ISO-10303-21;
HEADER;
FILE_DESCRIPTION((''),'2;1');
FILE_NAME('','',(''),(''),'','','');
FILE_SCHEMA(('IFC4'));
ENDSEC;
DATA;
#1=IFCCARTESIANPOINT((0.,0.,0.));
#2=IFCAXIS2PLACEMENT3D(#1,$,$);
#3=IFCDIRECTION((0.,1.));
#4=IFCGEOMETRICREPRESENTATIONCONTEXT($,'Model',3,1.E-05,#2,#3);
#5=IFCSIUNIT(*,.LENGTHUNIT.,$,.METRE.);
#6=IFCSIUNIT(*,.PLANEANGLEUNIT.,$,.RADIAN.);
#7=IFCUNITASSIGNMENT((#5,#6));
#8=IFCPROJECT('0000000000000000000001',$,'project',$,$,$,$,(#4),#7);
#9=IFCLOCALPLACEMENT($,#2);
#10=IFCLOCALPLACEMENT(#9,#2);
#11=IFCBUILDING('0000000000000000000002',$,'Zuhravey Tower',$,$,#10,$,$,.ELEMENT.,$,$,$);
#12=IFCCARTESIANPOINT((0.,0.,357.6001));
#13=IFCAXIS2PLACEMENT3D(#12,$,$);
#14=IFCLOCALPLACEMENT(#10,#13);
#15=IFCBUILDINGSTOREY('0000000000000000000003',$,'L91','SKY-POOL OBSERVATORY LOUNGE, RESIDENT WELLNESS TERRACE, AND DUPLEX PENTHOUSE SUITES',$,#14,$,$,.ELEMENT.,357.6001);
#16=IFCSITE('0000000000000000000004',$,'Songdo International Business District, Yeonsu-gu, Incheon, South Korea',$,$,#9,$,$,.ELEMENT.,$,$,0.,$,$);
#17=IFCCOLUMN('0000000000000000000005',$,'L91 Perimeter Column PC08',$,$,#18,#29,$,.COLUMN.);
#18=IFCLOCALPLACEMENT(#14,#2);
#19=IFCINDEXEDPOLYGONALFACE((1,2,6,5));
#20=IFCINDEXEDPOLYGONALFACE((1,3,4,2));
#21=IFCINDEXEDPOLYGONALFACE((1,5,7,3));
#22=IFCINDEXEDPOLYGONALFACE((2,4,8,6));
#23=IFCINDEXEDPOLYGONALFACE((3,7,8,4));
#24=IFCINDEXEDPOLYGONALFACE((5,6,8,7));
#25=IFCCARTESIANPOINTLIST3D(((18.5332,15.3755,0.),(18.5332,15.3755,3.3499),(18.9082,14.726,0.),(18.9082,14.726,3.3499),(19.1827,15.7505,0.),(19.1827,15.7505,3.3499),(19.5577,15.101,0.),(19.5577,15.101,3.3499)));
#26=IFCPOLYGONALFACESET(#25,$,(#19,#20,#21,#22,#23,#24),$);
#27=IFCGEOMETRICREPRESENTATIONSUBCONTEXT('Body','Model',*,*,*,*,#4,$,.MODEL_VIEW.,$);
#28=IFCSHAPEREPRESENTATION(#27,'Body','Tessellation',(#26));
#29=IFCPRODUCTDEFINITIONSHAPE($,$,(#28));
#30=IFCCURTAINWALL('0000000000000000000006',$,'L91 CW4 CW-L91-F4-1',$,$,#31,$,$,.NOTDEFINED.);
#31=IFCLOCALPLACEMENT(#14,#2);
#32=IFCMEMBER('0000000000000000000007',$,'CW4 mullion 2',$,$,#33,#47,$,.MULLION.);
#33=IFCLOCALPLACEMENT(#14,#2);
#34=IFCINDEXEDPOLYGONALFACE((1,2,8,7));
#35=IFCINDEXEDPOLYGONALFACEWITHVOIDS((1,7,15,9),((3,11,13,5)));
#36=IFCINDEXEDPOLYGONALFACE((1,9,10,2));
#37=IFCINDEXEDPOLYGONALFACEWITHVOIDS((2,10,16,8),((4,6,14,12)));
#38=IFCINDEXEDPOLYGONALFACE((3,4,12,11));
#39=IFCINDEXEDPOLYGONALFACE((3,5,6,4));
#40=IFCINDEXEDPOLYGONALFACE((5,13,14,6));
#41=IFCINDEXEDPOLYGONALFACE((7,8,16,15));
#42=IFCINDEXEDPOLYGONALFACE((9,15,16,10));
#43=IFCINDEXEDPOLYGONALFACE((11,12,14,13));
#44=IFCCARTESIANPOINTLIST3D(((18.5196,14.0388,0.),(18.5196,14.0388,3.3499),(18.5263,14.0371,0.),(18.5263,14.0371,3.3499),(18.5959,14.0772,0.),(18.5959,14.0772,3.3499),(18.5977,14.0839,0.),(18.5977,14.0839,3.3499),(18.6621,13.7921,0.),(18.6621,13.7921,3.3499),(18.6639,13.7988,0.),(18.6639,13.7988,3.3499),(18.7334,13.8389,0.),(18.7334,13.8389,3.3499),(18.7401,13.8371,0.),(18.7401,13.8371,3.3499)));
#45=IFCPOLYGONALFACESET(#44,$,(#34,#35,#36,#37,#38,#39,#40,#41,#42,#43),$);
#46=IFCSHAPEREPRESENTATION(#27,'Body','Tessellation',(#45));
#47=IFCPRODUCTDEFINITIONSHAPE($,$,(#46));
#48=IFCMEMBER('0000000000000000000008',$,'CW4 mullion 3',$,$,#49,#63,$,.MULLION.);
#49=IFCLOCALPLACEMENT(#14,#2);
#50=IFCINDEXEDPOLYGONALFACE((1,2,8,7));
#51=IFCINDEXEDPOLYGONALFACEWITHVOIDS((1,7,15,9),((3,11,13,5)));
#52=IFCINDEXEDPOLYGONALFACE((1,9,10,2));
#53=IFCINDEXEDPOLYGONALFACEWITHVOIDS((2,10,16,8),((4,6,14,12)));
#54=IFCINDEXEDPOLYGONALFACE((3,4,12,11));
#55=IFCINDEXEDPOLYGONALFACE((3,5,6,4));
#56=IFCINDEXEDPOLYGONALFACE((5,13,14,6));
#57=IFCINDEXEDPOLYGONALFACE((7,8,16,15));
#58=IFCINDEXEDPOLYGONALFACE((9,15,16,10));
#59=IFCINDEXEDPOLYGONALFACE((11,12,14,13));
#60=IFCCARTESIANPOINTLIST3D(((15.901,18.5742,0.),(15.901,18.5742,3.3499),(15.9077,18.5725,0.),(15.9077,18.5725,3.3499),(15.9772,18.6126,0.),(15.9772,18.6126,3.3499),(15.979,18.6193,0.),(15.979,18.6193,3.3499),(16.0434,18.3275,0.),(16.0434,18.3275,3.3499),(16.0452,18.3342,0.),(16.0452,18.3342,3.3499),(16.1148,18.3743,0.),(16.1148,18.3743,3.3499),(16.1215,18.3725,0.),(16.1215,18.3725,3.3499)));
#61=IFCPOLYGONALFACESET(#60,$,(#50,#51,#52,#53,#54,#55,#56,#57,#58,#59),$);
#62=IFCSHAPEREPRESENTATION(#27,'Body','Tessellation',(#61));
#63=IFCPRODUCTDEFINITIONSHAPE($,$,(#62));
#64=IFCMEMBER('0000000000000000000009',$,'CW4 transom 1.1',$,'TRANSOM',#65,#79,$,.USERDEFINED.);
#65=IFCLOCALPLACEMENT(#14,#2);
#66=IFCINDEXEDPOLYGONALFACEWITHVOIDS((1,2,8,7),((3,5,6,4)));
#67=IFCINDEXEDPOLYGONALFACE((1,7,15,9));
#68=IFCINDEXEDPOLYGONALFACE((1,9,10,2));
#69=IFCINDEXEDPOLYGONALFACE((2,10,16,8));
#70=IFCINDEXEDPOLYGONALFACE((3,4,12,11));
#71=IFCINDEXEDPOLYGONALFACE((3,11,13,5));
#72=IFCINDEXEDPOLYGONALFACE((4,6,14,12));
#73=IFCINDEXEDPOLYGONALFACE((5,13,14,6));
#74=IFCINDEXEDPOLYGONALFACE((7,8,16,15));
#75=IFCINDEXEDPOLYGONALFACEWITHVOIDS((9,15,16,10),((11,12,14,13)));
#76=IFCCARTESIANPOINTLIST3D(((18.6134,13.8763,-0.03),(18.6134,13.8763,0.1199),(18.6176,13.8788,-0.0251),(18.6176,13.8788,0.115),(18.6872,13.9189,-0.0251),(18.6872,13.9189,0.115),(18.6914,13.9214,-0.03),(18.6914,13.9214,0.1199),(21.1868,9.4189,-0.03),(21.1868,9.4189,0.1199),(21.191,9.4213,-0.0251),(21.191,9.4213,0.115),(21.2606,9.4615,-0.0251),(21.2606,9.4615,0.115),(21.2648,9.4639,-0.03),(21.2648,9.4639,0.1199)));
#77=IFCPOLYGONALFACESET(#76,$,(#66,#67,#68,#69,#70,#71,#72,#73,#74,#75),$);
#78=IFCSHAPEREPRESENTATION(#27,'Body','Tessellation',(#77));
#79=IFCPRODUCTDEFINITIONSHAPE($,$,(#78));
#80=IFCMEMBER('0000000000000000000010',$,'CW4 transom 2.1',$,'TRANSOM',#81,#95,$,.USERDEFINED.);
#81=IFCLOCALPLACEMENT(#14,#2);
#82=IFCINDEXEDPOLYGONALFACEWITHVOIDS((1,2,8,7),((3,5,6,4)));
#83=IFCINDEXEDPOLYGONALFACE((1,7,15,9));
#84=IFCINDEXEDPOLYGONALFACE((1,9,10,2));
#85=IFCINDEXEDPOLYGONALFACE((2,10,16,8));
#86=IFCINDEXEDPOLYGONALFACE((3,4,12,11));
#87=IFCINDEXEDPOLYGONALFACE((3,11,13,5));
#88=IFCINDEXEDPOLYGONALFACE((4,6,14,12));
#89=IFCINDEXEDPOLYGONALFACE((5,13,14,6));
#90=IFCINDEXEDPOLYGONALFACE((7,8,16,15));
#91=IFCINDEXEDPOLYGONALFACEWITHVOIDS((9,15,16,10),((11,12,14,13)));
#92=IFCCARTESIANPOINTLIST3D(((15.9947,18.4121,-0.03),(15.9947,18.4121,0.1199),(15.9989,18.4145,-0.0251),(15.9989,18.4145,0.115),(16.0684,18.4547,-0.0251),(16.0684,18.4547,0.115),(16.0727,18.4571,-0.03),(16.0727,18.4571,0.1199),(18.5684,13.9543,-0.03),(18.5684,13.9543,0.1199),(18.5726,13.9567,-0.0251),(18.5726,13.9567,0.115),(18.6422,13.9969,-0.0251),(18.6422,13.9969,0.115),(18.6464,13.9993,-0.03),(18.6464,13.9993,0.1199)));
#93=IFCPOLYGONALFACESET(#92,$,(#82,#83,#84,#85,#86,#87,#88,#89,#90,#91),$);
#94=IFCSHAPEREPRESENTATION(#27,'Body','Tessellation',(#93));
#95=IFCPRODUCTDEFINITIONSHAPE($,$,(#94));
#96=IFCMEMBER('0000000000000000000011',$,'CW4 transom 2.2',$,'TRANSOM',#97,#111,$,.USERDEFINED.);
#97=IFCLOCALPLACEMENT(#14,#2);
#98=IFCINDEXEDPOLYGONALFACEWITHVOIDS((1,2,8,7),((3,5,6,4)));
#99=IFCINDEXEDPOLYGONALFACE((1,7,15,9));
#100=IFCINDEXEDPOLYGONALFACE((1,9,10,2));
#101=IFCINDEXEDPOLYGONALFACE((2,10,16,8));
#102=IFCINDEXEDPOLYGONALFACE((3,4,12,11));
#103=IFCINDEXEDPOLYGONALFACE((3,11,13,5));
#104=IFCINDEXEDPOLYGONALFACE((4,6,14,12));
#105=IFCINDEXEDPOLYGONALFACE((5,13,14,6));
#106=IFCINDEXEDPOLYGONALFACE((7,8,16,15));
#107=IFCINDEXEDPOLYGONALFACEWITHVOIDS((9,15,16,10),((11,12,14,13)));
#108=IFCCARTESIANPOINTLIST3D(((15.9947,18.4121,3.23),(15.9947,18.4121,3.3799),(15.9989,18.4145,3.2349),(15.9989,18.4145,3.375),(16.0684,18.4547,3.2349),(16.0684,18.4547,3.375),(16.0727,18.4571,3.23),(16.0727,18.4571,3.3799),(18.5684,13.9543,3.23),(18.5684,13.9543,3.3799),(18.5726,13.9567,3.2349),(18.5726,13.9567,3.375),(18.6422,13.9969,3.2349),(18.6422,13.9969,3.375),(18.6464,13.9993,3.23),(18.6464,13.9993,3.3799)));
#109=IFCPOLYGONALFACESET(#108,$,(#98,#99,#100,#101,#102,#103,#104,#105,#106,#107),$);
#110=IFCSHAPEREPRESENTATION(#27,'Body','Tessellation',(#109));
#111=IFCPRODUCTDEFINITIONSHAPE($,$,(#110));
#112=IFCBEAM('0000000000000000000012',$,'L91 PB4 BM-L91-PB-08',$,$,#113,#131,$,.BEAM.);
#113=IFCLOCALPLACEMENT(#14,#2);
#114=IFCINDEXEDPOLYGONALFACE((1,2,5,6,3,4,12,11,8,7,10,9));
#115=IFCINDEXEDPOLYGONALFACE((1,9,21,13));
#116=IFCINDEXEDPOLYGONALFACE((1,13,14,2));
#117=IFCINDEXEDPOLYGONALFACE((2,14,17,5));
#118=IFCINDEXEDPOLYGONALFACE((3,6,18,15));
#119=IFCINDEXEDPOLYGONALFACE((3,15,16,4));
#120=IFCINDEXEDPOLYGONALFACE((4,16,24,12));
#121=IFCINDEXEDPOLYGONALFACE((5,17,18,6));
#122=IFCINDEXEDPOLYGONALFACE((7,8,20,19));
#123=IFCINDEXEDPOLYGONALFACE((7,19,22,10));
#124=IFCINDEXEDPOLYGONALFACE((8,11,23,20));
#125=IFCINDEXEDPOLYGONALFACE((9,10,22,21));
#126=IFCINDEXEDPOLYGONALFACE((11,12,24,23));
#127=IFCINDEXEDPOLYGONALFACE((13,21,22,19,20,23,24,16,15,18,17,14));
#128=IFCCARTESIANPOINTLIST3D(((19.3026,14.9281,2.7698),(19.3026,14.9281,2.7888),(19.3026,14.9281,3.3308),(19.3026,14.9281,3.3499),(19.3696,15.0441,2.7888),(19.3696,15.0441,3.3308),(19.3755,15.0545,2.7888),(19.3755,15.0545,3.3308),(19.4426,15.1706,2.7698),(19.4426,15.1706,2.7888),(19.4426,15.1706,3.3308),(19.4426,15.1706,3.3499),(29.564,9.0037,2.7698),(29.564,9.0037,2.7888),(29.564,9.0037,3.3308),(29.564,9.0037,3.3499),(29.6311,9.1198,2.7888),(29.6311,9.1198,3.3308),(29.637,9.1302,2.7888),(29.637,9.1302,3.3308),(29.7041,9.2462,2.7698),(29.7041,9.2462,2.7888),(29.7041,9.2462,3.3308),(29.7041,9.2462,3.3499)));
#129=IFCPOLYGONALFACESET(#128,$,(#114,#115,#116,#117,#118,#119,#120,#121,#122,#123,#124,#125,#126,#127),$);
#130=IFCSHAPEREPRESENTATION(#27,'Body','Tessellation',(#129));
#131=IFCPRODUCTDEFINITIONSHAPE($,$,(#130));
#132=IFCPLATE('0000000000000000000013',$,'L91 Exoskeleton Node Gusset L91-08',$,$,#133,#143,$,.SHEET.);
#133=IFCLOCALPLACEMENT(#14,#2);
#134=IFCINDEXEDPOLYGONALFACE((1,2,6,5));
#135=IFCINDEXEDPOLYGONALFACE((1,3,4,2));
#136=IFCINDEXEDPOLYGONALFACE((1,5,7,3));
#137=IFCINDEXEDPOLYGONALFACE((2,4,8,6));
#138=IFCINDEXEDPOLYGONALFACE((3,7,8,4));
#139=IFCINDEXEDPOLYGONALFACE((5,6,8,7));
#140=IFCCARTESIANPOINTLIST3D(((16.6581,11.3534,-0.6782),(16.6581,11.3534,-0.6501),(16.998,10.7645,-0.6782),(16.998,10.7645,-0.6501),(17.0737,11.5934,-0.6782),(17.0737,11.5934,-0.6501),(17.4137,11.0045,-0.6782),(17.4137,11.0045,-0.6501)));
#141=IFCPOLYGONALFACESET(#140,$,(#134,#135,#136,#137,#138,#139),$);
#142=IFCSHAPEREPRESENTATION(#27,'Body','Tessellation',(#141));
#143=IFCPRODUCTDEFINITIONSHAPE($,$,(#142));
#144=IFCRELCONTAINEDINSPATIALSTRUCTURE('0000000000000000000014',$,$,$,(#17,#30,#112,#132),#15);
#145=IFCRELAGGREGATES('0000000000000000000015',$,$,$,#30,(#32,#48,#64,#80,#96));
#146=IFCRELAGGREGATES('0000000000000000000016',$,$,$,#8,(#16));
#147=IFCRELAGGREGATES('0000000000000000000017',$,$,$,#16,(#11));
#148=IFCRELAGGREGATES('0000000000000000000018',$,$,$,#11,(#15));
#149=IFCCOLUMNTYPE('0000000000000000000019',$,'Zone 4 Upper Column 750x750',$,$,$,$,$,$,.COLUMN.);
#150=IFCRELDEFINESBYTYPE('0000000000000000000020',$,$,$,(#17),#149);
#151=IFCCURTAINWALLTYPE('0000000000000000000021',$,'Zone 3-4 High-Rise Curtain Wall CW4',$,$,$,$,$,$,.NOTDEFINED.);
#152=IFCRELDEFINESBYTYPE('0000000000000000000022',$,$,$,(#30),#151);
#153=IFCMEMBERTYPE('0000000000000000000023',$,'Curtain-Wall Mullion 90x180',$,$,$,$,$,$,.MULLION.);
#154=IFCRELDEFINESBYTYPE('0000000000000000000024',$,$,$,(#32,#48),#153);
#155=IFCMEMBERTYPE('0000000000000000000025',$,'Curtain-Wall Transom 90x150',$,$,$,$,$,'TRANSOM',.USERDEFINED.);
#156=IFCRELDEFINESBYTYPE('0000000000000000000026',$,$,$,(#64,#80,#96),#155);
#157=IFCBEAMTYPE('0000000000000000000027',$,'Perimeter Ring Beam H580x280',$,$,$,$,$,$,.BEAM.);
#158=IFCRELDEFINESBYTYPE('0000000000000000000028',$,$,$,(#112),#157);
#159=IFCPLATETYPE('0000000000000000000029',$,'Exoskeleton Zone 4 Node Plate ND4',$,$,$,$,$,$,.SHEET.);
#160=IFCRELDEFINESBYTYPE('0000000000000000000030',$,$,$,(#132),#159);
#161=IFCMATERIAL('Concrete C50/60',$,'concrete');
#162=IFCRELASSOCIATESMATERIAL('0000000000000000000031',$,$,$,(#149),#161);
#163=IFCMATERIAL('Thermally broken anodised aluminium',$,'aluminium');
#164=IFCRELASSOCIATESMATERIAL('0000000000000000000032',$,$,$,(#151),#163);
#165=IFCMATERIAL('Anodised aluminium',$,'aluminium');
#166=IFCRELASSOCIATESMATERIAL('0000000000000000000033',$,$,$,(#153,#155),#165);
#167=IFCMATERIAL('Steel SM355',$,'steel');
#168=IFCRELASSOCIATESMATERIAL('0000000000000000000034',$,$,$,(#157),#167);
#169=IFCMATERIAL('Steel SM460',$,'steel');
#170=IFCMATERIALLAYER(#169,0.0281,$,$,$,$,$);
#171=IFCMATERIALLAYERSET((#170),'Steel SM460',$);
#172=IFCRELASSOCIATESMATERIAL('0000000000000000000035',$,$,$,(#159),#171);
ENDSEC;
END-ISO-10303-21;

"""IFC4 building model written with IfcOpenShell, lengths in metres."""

from ifc_helpers import new_model, si_unit, direction, frame, origin, origin_2d, place, context, subcontext, project, spatial, rectangle, hollow_rectangle, i_section, extrude, material, layer, layer_set, material_profile, profile_set, type_object, element, aggregate, save


model = new_model("IFC4")

# Units and contexts
model_context = context("Model", 3, precision=1e-05, world=origin(), true_north=direction((0.0, 1.0)))
body_context = subcontext(model_context, "Body", "Model", "MODEL_VIEW")
ifc_project = project(units=[si_unit("LENGTHUNIT", "METRE"), si_unit("PLANEANGLEUNIT", "RADIAN")], contexts=[model_context])

# Site, building, storey
site_placement = place(None, origin())
site = spatial("IfcSite", under=ifc_project, at=site_placement, Name="Songdo International Business District, Yeonsu-gu, Incheon, South Korea", CompositionType="ELEMENT", RefElevation=0.0)
building_placement = place(site_placement, origin())
building = spatial("IfcBuilding", under=site, at=building_placement, Name="Zuhravey Tower", CompositionType="ELEMENT")
storey_placement = place(building_placement, frame((0.0, 0.0, 357.6001)))
storey = spatial("IfcBuildingStorey", under=building, at=storey_placement, Name="L91", Description="SKY-POOL OBSERVATORY LOUNGE, RESIDENT WELLNESS TERRACE, AND DUPLEX PENTHOUSE SUITES", CompositionType="ELEMENT", Elevation=357.6001)

# Column
ifc_material_1 = material(Name="Concrete C50/60", Category="concrete")
ifc_material_profile_1 = material_profile(ifc_material_1, rectangle(XDim=0.75, YDim=0.75, at=origin_2d()), Name="RC-750x750")
ifc_profile_set_1 = profile_set([ifc_material_profile_1], Name="Concrete C50/60")
column_type = type_object("IfcColumnType", Name="Zone 4 Upper Column 750x750", PredefinedType="COLUMN", material=ifc_profile_set_1)
column_placement = place(storey_placement, frame((19.0454, 15.2383, 0.0), z_axis=(0.0, 0.0, 1.0), x_axis=(0.5, -0.866025, 0.0)))
element("IfcColumn", 1, at=column_placement, inside=storey, type_object=column_type, Name="L91 Perimeter Column PC08", PredefinedType="COLUMN", context=body_context, shape_type="SweptSolid", body=[
    extrude(rectangle(XDim=0.75, YDim=0.75, at=origin_2d()), origin(), (0.0, 0.0, 1.0), 3.3499),
])

# Curtain wall, members
ifc_material_2 = material(Name="Thermally broken anodised aluminium", Category="aluminium")
curtain_wall_type = type_object("IfcCurtainWallType", Name="Zone 3-4 High-Rise Curtain Wall CW4", PredefinedType="NOTDEFINED", material=ifc_material_2)
curtain_wall_placement = place(storey_placement, origin())
curtain_wall = element("IfcCurtainWall", 2, at=curtain_wall_placement, inside=storey, type_object=curtain_wall_type, Name="L91 CW4 CW-L91-F4-1", PredefinedType="NOTDEFINED")
ifc_material_3 = material(Name="Anodised aluminium", Category="aluminium")
ifc_material_profile_2 = material_profile(ifc_material_3, hollow_rectangle(XDim=0.0901, YDim=0.2849, WallThickness=0.0049, at=origin_2d()), Name="ALU-RHS-90x285x5")
ifc_profile_set_2 = profile_set([ifc_material_profile_2], Name="Anodised aluminium")
member_type_1 = type_object("IfcMemberType", Name="Curtain-Wall Mullion 90x180", PredefinedType="MULLION", material=ifc_profile_set_2)
member_1_placement = place(storey_placement, frame((18.6299, 13.938, 0.0), z_axis=(0.0, 0.0, 1.0), x_axis=(-0.866029, -0.499994, 0.0)))
member_1 = element("IfcMember", 3, at=member_1_placement, type_object=member_type_1, Name="CW4 mullion 2", PredefinedType="MULLION", context=body_context, shape_type="SweptSolid", body=[
    extrude(hollow_rectangle(XDim=0.0901, YDim=0.2849, WallThickness=0.0049, at=origin_2d()), origin(), (0.0, 0.0, 1.0), 3.3499),
])
member_2_placement = place(storey_placement, frame((16.0112, 18.4734, 0.0), z_axis=(0.0, 0.0, 1.0), x_axis=(-0.866029, -0.499994, 0.0)))
member_2 = element("IfcMember", 4, at=member_2_placement, type_object=member_type_1, Name="CW4 mullion 3", PredefinedType="MULLION", context=body_context, shape_type="SweptSolid", body=[
    extrude(hollow_rectangle(XDim=0.0901, YDim=0.2849, WallThickness=0.0049, at=origin_2d()), origin(), (0.0, 0.0, 1.0), 3.3499),
])
ifc_material_profile_3 = material_profile(ifc_material_3, hollow_rectangle(XDim=0.0901, YDim=0.1499, WallThickness=0.0049, at=origin_2d()), Name="ALU-RHS-90x150x5")
ifc_profile_set_3 = profile_set([ifc_material_profile_3], Name="Anodised aluminium")
member_type_2 = type_object("IfcMemberType", Name="Curtain-Wall Transom 90x150", ElementType="TRANSOM", PredefinedType="USERDEFINED", material=ifc_profile_set_3)
member_3_placement = place(storey_placement, frame((21.2258, 9.4414, 0.0449), z_axis=(-0.499991, 0.866031, 0.0), x_axis=(-0.866031, -0.499991, 0.0)))
member_3 = element("IfcMember", 5, at=member_3_placement, type_object=member_type_2, Name="CW4 transom 1.1", ObjectType="TRANSOM", PredefinedType="USERDEFINED", context=body_context, shape_type="SweptSolid", body=[
    extrude(hollow_rectangle(XDim=0.0901, YDim=0.1499, WallThickness=0.0049, at=origin_2d()), origin(), (0.0, 0.0, 1.0), 5.147),
])
member_4_placement = place(storey_placement, frame((18.6074, 13.9768, 0.0449), z_axis=(-0.500006, 0.866022, 0.0), x_axis=(-0.866022, -0.500006, 0.0)))
member_4 = element("IfcMember", 6, at=member_4_placement, type_object=member_type_2, Name="CW4 transom 2.1", ObjectType="TRANSOM", PredefinedType="USERDEFINED", context=body_context, shape_type="SweptSolid", body=[
    extrude(hollow_rectangle(XDim=0.0901, YDim=0.1499, WallThickness=0.0049, at=origin_2d()), origin(), (0.0, 0.0, 1.0), 5.1475),
])
member_5_placement = place(storey_placement, frame((18.6074, 13.9768, 3.3049), z_axis=(-0.500006, 0.866022, 0.0), x_axis=(-0.866022, -0.500006, 0.0)))
member_5 = element("IfcMember", 7, at=member_5_placement, type_object=member_type_2, Name="CW4 transom 2.2", ObjectType="TRANSOM", PredefinedType="USERDEFINED", context=body_context, shape_type="SweptSolid", body=[
    extrude(hollow_rectangle(XDim=0.0901, YDim=0.1499, WallThickness=0.0049, at=origin_2d()), origin(), (0.0, 0.0, 1.0), 5.1475),
])

# Beam
ifc_material_4 = material(Name="Steel SM355", Category="steel")
ifc_material_profile_4 = material_profile(ifc_material_4, i_section(OverallWidth=0.28, OverallDepth=0.5801, WebThickness=0.012, FlangeThickness=0.019, at=origin_2d()), Name="H-580x280x12x19")
ifc_profile_set_4 = profile_set([ifc_material_profile_4], Name="Steel SM355")
beam_type = type_object("IfcBeamType", Name="Perimeter Ring Beam H580x280", PredefinedType="BEAM", material=ifc_profile_set_4)
beam_placement = place(storey_placement, frame((19.3726, 15.0493, 3.0598), z_axis=(0.866031, -0.499991, 0.0), x_axis=(0.499991, 0.866031, 0.0)))
element("IfcBeam", 8, at=beam_placement, inside=storey, type_object=beam_type, Name="L91 PB4 BM-L91-PB-08", PredefinedType="BEAM", context=body_context, shape_type="SweptSolid", body=[
    extrude(i_section(OverallWidth=0.28, OverallDepth=0.5801, WebThickness=0.012, FlangeThickness=0.019, at=origin_2d()), origin(), (0.0, 0.0, 1.0), 11.8489),
])

# Plate
ifc_material_5 = material(Name="Steel SM460", Category="steel")
ifc_layer_1 = layer(ifc_material_5, 0.0281)
ifc_layer_set_1 = layer_set([ifc_layer_1], Name="Steel SM460")
plate_type_1 = type_object("IfcPlateType", Name="Exoskeleton Zone 4 Node Plate ND4", PredefinedType="SHEET", material=ifc_layer_set_1)
plate_1_placement = place(storey_placement, frame((17.0359, 11.179, -0.6782), z_axis=(0.0, 0.0, 1.0), x_axis=(0.5, -0.866025, 0.0)))
element("IfcPlate", 9, at=plate_1_placement, inside=storey, type_object=plate_type_1, Name="L91 Exoskeleton Node Gusset L91-08", PredefinedType="SHEET", context=body_context, shape_type="SweptSolid", body=[
    extrude(rectangle(XDim=0.6799, YDim=0.48, at=origin_2d()), origin(), (0.0, 0.0, 1.0), 0.0281),
])

aggregate(curtain_wall, [member_1, member_2, member_3, member_4, member_5])

save(model, "model.ifc")
